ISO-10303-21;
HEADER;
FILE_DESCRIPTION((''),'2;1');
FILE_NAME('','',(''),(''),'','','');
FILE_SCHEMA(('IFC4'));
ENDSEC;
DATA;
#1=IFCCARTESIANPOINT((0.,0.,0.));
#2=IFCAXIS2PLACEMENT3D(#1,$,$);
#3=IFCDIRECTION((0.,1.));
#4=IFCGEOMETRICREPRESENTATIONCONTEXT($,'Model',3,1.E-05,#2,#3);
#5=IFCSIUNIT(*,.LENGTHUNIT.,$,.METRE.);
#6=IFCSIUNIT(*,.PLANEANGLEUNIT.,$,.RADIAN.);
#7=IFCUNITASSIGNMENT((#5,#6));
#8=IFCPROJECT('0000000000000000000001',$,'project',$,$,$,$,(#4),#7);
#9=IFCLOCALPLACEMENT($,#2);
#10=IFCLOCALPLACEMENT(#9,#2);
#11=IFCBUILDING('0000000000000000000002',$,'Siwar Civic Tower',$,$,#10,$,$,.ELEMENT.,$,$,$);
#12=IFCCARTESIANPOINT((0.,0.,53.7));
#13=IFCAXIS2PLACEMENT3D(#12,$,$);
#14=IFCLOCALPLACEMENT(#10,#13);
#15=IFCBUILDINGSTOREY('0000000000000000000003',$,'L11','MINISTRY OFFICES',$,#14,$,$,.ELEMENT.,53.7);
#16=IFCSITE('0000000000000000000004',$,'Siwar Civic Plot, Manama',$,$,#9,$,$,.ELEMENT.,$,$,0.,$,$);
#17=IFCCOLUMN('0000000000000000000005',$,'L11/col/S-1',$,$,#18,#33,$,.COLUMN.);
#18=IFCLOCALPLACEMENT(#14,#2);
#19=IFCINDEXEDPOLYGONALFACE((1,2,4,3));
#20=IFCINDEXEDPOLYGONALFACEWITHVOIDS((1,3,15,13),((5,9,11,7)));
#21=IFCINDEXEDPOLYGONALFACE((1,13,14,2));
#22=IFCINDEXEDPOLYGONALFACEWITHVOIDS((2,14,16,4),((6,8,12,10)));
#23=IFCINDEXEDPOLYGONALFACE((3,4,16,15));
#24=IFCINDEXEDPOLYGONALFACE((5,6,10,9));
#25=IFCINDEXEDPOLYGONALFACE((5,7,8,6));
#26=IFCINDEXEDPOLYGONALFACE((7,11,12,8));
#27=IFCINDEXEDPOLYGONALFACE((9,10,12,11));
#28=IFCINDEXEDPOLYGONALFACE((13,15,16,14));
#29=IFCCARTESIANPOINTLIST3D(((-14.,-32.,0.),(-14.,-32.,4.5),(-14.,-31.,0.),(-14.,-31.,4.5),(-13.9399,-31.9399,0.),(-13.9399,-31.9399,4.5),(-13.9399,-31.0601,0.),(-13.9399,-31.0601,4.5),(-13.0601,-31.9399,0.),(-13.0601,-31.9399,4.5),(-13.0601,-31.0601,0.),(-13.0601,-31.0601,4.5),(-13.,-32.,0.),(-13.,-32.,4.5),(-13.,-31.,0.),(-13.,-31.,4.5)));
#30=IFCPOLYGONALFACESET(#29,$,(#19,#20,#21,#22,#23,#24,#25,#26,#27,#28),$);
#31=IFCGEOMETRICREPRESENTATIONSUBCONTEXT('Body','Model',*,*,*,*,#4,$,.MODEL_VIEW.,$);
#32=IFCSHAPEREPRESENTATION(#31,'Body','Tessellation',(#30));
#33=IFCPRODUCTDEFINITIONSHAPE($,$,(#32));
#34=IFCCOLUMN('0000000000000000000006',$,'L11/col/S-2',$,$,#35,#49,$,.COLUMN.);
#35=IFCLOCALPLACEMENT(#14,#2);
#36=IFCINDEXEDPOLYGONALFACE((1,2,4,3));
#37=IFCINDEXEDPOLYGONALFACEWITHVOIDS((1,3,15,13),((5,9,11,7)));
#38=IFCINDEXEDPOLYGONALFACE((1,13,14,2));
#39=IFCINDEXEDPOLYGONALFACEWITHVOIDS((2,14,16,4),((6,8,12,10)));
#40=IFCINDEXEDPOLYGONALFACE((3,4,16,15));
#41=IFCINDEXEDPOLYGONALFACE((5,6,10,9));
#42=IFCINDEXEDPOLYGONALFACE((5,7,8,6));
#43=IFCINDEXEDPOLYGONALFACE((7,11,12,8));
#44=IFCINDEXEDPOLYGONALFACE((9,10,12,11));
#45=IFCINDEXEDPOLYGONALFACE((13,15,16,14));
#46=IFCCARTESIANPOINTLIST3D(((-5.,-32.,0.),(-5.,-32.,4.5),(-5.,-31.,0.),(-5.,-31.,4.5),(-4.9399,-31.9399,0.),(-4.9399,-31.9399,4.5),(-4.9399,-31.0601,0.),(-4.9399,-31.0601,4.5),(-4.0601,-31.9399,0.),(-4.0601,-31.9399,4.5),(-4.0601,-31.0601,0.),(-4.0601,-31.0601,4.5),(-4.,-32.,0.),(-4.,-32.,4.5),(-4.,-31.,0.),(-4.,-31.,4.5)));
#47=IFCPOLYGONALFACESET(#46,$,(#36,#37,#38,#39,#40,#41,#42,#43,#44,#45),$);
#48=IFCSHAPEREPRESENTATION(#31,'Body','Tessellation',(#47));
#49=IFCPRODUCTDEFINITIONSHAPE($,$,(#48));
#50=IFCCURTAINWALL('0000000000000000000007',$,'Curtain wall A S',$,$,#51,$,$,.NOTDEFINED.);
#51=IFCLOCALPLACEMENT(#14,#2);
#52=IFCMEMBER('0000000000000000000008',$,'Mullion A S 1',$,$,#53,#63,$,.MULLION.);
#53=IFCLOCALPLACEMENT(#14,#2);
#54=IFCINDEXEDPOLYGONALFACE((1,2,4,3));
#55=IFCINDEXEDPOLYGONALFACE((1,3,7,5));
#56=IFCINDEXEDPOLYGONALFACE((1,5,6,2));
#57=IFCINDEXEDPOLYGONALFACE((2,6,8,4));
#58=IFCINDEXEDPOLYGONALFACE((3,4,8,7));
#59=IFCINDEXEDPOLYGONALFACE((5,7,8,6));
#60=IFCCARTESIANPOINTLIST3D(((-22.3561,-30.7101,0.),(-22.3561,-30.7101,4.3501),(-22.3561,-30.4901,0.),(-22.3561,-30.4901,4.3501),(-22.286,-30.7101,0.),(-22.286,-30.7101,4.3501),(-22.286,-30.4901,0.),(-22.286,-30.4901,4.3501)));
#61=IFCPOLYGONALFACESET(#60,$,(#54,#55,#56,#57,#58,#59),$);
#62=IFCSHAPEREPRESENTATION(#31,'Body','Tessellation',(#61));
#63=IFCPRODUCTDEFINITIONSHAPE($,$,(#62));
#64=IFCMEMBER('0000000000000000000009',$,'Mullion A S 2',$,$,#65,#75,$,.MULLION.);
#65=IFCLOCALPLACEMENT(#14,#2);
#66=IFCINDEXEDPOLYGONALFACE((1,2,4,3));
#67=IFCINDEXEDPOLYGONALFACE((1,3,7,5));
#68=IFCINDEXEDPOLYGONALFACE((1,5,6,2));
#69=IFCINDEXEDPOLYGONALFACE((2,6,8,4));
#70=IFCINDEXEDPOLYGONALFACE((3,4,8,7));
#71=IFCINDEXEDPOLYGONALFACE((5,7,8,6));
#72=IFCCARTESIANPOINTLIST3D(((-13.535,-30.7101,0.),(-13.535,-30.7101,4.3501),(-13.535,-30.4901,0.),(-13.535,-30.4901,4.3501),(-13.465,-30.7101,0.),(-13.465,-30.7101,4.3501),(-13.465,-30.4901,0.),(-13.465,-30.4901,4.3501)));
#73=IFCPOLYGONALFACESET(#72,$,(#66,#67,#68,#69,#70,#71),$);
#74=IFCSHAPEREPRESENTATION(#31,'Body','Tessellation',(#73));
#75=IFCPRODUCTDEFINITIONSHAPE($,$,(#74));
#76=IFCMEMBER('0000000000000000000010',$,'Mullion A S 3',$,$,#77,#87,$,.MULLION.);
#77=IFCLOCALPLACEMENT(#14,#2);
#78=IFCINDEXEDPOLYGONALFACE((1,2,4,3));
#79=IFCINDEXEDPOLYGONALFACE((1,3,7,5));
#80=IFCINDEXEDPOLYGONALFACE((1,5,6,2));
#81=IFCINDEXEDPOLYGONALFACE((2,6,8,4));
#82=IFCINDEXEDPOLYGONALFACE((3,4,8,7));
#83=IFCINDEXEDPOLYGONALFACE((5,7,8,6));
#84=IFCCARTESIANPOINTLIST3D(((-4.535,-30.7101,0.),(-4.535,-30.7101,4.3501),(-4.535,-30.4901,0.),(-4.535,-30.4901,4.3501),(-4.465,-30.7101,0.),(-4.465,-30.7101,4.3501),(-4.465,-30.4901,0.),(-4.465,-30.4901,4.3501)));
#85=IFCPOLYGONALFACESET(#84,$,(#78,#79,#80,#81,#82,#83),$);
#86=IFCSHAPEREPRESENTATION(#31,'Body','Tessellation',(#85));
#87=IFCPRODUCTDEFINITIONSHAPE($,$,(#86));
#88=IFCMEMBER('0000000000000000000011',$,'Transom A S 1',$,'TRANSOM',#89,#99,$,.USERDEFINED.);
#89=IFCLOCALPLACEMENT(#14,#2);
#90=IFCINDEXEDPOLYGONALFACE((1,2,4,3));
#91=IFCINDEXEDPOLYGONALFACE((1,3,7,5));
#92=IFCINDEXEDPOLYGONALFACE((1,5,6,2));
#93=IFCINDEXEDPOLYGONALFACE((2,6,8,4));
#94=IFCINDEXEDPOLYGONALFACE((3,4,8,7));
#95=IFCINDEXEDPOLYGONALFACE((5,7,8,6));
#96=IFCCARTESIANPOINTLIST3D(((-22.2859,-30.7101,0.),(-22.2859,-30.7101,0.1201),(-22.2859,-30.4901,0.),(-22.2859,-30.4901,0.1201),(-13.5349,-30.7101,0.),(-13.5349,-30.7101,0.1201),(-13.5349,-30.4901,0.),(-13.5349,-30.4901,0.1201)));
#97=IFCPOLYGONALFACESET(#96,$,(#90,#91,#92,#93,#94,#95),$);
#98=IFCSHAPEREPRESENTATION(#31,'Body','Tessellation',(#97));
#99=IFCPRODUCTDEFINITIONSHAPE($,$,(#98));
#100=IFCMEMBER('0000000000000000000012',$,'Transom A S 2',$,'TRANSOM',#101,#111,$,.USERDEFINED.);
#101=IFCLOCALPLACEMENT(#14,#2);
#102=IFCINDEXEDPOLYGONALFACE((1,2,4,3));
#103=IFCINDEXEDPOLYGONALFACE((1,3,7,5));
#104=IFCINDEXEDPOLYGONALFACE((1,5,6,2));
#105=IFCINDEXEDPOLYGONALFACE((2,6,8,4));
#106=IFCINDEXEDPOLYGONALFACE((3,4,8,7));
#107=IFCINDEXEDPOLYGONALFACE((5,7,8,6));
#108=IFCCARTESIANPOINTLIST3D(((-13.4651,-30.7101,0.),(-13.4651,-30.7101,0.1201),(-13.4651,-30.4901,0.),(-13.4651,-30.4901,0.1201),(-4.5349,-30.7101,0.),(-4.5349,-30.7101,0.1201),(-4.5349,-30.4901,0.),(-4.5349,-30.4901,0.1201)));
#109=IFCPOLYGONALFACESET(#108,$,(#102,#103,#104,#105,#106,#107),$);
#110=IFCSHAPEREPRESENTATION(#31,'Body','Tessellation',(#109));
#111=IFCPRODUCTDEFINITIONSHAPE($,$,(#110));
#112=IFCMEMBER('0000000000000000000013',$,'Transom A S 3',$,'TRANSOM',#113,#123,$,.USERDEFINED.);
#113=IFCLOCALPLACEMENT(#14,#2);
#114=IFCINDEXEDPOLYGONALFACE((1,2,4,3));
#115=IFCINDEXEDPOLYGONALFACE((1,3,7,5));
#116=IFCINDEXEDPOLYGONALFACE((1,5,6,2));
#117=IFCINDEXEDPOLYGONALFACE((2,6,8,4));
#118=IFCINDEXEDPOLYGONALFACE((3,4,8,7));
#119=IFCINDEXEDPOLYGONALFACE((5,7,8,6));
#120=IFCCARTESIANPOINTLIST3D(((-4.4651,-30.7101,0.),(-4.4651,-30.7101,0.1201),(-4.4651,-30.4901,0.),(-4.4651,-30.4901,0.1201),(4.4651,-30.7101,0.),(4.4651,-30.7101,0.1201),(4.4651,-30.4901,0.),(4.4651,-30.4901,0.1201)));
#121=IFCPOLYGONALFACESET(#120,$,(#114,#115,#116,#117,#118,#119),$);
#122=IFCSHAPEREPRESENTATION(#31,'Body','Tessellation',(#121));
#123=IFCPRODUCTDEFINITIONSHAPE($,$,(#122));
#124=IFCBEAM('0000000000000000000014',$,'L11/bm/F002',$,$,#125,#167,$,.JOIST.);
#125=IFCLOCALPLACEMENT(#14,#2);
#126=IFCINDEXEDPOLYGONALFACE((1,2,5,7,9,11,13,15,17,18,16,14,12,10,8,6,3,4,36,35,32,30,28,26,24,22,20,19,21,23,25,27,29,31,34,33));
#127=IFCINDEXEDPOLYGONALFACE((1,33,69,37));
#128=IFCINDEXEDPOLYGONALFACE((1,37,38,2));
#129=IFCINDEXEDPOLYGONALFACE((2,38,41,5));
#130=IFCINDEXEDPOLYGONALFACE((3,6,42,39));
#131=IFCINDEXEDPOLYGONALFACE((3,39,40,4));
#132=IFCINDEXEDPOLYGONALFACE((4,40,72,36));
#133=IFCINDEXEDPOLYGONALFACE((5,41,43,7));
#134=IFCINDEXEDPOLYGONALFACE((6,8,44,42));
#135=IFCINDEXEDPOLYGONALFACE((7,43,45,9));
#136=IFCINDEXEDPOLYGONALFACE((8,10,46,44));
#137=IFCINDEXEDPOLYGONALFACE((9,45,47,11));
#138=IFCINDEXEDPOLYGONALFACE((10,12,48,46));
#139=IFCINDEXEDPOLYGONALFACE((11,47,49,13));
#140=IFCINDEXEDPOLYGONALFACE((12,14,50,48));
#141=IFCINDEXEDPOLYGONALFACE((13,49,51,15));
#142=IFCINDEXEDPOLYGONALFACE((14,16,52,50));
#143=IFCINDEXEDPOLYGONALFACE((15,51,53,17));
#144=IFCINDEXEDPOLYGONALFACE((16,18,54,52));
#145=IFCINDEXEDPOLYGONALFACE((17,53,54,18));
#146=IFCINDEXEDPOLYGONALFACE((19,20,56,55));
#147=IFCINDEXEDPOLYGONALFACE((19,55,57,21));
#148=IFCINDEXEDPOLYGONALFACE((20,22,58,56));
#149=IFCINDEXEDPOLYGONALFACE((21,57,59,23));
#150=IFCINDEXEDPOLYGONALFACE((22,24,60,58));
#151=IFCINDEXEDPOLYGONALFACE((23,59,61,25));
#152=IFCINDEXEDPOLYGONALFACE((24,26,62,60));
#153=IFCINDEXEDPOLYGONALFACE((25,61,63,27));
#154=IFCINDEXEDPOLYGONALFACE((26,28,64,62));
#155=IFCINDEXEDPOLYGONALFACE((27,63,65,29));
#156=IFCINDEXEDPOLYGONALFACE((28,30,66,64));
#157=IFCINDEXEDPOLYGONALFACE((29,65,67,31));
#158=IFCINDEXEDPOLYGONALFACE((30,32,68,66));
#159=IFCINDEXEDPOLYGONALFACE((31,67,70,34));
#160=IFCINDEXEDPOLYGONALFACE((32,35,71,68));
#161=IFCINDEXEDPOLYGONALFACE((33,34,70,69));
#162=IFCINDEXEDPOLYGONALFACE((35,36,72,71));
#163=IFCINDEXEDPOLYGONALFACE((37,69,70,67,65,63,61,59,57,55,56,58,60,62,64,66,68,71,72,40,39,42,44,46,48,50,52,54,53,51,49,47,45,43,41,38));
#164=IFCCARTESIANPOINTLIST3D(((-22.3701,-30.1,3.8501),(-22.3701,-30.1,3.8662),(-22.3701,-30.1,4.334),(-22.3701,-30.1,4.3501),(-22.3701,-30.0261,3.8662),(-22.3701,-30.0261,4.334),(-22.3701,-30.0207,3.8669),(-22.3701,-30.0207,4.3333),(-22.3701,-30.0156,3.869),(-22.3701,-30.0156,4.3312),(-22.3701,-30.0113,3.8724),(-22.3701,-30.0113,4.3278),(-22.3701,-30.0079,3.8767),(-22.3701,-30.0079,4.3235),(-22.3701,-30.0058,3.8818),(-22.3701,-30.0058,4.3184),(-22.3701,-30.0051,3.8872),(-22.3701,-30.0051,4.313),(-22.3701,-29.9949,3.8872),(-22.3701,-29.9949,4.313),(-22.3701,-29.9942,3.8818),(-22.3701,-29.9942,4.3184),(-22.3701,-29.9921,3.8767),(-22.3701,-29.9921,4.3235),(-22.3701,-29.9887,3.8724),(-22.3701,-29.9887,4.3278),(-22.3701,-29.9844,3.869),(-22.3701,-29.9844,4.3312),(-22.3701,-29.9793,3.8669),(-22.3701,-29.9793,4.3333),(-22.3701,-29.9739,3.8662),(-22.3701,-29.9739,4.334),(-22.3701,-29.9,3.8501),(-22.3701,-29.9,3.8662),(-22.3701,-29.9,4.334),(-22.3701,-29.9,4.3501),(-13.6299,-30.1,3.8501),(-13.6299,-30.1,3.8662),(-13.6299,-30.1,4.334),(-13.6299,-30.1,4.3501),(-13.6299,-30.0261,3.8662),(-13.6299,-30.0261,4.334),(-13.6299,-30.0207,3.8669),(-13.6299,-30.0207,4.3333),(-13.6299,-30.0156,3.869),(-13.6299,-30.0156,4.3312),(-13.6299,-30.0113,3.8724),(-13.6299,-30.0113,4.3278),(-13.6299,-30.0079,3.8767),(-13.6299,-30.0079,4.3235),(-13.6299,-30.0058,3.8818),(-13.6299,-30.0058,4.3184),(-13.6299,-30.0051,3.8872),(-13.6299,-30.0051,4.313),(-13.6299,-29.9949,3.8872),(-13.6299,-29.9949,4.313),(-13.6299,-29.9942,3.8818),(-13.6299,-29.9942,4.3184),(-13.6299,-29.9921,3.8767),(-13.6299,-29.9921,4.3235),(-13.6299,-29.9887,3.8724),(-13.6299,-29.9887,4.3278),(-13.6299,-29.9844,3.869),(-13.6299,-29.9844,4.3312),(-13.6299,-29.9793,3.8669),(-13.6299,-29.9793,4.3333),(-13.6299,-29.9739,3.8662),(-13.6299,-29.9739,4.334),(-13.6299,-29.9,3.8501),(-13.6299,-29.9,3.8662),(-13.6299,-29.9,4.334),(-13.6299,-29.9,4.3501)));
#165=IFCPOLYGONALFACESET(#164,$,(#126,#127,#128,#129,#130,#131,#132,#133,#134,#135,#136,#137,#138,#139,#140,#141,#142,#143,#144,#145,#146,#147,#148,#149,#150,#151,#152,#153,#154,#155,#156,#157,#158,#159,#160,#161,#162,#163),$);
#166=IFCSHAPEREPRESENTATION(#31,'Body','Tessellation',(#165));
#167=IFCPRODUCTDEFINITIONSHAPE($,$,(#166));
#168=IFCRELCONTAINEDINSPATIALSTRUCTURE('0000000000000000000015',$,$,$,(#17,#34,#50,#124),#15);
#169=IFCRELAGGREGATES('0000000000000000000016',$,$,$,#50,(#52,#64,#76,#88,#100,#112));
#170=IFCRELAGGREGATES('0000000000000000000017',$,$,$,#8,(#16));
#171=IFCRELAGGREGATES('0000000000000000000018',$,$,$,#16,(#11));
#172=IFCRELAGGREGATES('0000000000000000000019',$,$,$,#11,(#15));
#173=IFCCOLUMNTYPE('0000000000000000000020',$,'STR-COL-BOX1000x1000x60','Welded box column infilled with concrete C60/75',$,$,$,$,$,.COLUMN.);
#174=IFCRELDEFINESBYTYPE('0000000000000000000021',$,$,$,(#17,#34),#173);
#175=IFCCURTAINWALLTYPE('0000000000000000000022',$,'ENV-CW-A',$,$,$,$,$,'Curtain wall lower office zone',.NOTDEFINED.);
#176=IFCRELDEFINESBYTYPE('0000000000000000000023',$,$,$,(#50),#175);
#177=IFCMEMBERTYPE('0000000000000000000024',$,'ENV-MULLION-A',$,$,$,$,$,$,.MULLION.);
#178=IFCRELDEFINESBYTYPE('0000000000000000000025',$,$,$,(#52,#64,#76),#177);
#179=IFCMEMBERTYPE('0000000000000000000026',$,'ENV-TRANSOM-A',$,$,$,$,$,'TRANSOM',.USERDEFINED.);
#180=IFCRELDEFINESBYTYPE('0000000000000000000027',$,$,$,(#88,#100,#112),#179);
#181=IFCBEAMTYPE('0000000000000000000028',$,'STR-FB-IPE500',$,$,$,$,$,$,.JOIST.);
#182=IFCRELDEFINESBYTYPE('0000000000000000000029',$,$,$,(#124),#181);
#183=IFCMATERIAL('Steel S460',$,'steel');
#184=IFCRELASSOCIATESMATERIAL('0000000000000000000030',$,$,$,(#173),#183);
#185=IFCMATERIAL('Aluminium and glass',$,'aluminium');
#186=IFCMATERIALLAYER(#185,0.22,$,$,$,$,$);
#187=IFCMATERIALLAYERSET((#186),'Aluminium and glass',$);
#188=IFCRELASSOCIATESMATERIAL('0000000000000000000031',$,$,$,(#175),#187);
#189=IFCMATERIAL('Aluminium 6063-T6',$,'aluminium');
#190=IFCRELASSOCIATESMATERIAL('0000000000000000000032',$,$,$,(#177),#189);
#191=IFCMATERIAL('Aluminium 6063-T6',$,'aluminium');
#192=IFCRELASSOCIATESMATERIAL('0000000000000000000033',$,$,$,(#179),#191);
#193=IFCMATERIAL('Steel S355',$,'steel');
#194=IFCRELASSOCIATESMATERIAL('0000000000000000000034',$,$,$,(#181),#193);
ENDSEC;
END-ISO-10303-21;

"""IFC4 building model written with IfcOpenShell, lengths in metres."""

from ifc_helpers import new_model, si_unit, direction, frame, origin, origin_2d, place, context, subcontext, project, spatial, rectangle, hollow_rectangle, i_section, extrude, material, layer, layer_set, material_profile, profile_set, type_object, element, aggregate, save


model = new_model("IFC4")

# Units and contexts
model_context = context("Model", 3, precision=1e-05, world=origin(), true_north=direction((0.0, 1.0)))
body_context = subcontext(model_context, "Body", "Model", "MODEL_VIEW")
ifc_project = project(units=[si_unit("LENGTHUNIT", "METRE"), si_unit("PLANEANGLEUNIT", "RADIAN")], contexts=[model_context])

# Site, building, storey
site_placement = place(None, origin())
site = spatial("IfcSite", under=ifc_project, at=site_placement, Name="Siwar Civic Plot, Manama", CompositionType="ELEMENT", RefElevation=0.0)
building_placement = place(site_placement, origin())
building = spatial("IfcBuilding", under=site, at=building_placement, Name="Siwar Civic Tower", CompositionType="ELEMENT")
storey_placement = place(building_placement, frame((0.0, 0.0, 53.7)))
storey = spatial("IfcBuildingStorey", under=building, at=storey_placement, Name="L11", Description="MINISTRY OFFICES", CompositionType="ELEMENT", Elevation=53.7)

# Columns
ifc_material_1 = material(Name="Steel S460", Category="steel")
ifc_material_profile_1 = material_profile(ifc_material_1, hollow_rectangle(XDim=1.0, YDim=1.0, WallThickness=0.0601, at=origin_2d()), Name="BOX1000x1000x60")
ifc_profile_set_1 = profile_set([ifc_material_profile_1], Name="Steel S460")
column_type = type_object("IfcColumnType", Name="STR-COL-BOX1000x1000x60", Description="Welded box column infilled with concrete C60/75", PredefinedType="COLUMN", material=ifc_profile_set_1)
for number, where, z_axis, x_axis, name in (
    (1, (-13.5, -31.5, 0.0), (0.0, 0.0, 1.0), (1.0, 0.0, 0.0), "L11/col/S-1"),
    (2, (-4.5, -31.5, 0.0), (0.0, 0.0, 1.0), (1.0, 0.0, 0.0), "L11/col/S-2"),
):
    element("IfcColumn", number, at=place(storey_placement, frame(where, z_axis=z_axis, x_axis=x_axis)), inside=storey, type_object=column_type, Name=name, PredefinedType="COLUMN", context=body_context, shape_type="SweptSolid", body=[
        extrude(hollow_rectangle(XDim=1.0, YDim=1.0, WallThickness=0.0601, at=origin_2d()), origin(), (0.0, 0.0, 1.0), 4.5),
    ])

# Curtain wall, members
ifc_material_2 = material(Name="Aluminium and glass", Category="aluminium")
ifc_layer_1 = layer(ifc_material_2, 0.22)
ifc_layer_set_1 = layer_set([ifc_layer_1], Name="Aluminium and glass")
curtain_wall_type = type_object("IfcCurtainWallType", Name="ENV-CW-A", ElementType="Curtain wall lower office zone", PredefinedType="NOTDEFINED", material=ifc_layer_set_1)
curtain_wall_placement = place(storey_placement, origin())
curtain_wall = element("IfcCurtainWall", 3, at=curtain_wall_placement, inside=storey, type_object=curtain_wall_type, Name="Curtain wall A S", PredefinedType="NOTDEFINED")
ifc_material_3 = material(Name="Aluminium 6063-T6", Category="aluminium")
ifc_material_profile_2 = material_profile(ifc_material_3, rectangle(XDim=0.22, YDim=0.0701, at=origin_2d()), Name="AL 220x70")
ifc_profile_set_2 = profile_set([ifc_material_profile_2], Name="Aluminium 6063-T6")
member_type_1 = type_object("IfcMemberType", Name="ENV-MULLION-A", PredefinedType="MULLION", material=ifc_profile_set_2)
member_1_placement = place(storey_placement, frame((-22.321, -30.6001, 0.0), z_axis=(0.0, 0.0, 1.0), x_axis=(0.0, 1.0, 0.0)))
member_1 = element("IfcMember", 4, at=member_1_placement, type_object=member_type_1, Name="Mullion A S 1", PredefinedType="MULLION", context=body_context, shape_type="SweptSolid", body=[
    extrude(rectangle(XDim=0.22, YDim=0.0701, at=origin_2d()), origin(), (0.0, 0.0, 1.0), 4.3501),
])
member_2_placement = place(storey_placement, frame((-13.5, -30.6001, 0.0), z_axis=(0.0, 0.0, 1.0), x_axis=(0.0, 1.0, 0.0)))
member_2 = element("IfcMember", 5, at=member_2_placement, type_object=member_type_1, Name="Mullion A S 2", PredefinedType="MULLION", context=body_context, shape_type="SweptSolid", body=[
    extrude(rectangle(XDim=0.22, YDim=0.0701, at=origin_2d()), origin(), (0.0, 0.0, 1.0), 4.3501),
])
member_3_placement = place(storey_placement, frame((-4.5, -30.6001, 0.0), z_axis=(0.0, 0.0, 1.0), x_axis=(0.0, 1.0, 0.0)))
member_3 = element("IfcMember", 6, at=member_3_placement, type_object=member_type_1, Name="Mullion A S 3", PredefinedType="MULLION", context=body_context, shape_type="SweptSolid", body=[
    extrude(rectangle(XDim=0.22, YDim=0.0701, at=origin_2d()), origin(), (0.0, 0.0, 1.0), 4.3501),
])
ifc_material_4 = material(Name="Aluminium 6063-T6", Category="aluminium")
ifc_material_profile_3 = material_profile(ifc_material_4, rectangle(XDim=0.22, YDim=0.1201, at=origin_2d()), Name="AL 220x120")
ifc_profile_set_3 = profile_set([ifc_material_profile_3], Name="Aluminium 6063-T6")
member_type_2 = type_object("IfcMemberType", Name="ENV-TRANSOM-A", ElementType="TRANSOM", PredefinedType="USERDEFINED", material=ifc_profile_set_3)
member_4_placement = place(storey_placement, frame((-22.2859, -30.6001, 0.0601), z_axis=(1.0, 0.0, 0.0), x_axis=(0.0, 1.0, 0.0)))
member_4 = element("IfcMember", 7, at=member_4_placement, type_object=member_type_2, Name="Transom A S 1", ObjectType="TRANSOM", PredefinedType="USERDEFINED", context=body_context, shape_type="SweptSolid", body=[
    extrude(rectangle(XDim=0.22, YDim=0.1201, at=origin_2d()), origin(), (0.0, 0.0, 1.0), 8.751),
])
member_5_placement = place(storey_placement, frame((-13.4651, -30.6001, 0.0601), z_axis=(1.0, 0.0, 0.0), x_axis=(0.0, 1.0, 0.0)))
member_5 = element("IfcMember", 8, at=member_5_placement, type_object=member_type_2, Name="Transom A S 2", ObjectType="TRANSOM", PredefinedType="USERDEFINED", context=body_context, shape_type="SweptSolid", body=[
    extrude(rectangle(XDim=0.22, YDim=0.1201, at=origin_2d()), origin(), (0.0, 0.0, 1.0), 8.9302),
])
member_6_placement = place(storey_placement, frame((-4.4651, -30.6001, 0.0601), z_axis=(1.0, 0.0, 0.0), x_axis=(0.0, 1.0, 0.0)))
member_6 = element("IfcMember", 9, at=member_6_placement, type_object=member_type_2, Name="Transom A S 3", ObjectType="TRANSOM", PredefinedType="USERDEFINED", context=body_context, shape_type="SweptSolid", body=[
    extrude(rectangle(XDim=0.22, YDim=0.1201, at=origin_2d()), origin(), (0.0, 0.0, 1.0), 8.9302),
])

# Beam
ifc_material_5 = material(Name="Steel S355", Category="steel")
ifc_material_profile_4 = material_profile(ifc_material_5, i_section(OverallWidth=0.2, OverallDepth=0.5, WebThickness=0.0103, FlangeThickness=0.0161, FilletRadius=0.021, at=origin_2d()), Name="IPE500")
ifc_profile_set_4 = profile_set([ifc_material_profile_4], Name="Steel S355")
beam_type_1 = type_object("IfcBeamType", Name="STR-FB-IPE500", PredefinedType="JOIST", material=ifc_profile_set_4)
for number, where, z_axis, x_axis, name in (
    (10, (-22.3701, -30.0, 4.1001), (1.0, 0.0, 0.0), (0.0, 1.0, 0.0), "L11/bm/F002"),
):
    element("IfcBeam", number, at=place(storey_placement, frame(where, z_axis=z_axis, x_axis=x_axis)), inside=storey, type_object=beam_type_1, Name=name, PredefinedType="JOIST", context=body_context, shape_type="SweptSolid", body=[
        extrude(i_section(OverallWidth=0.2, OverallDepth=0.5, WebThickness=0.0103, FlangeThickness=0.0161, FilletRadius=0.021, at=origin_2d()), origin(), (0.0, 0.0, 1.0), 8.7402),
    ])

aggregate(curtain_wall, [member_1, member_2, member_3, member_4, member_5, member_6])

save(model, "model.ifc")
